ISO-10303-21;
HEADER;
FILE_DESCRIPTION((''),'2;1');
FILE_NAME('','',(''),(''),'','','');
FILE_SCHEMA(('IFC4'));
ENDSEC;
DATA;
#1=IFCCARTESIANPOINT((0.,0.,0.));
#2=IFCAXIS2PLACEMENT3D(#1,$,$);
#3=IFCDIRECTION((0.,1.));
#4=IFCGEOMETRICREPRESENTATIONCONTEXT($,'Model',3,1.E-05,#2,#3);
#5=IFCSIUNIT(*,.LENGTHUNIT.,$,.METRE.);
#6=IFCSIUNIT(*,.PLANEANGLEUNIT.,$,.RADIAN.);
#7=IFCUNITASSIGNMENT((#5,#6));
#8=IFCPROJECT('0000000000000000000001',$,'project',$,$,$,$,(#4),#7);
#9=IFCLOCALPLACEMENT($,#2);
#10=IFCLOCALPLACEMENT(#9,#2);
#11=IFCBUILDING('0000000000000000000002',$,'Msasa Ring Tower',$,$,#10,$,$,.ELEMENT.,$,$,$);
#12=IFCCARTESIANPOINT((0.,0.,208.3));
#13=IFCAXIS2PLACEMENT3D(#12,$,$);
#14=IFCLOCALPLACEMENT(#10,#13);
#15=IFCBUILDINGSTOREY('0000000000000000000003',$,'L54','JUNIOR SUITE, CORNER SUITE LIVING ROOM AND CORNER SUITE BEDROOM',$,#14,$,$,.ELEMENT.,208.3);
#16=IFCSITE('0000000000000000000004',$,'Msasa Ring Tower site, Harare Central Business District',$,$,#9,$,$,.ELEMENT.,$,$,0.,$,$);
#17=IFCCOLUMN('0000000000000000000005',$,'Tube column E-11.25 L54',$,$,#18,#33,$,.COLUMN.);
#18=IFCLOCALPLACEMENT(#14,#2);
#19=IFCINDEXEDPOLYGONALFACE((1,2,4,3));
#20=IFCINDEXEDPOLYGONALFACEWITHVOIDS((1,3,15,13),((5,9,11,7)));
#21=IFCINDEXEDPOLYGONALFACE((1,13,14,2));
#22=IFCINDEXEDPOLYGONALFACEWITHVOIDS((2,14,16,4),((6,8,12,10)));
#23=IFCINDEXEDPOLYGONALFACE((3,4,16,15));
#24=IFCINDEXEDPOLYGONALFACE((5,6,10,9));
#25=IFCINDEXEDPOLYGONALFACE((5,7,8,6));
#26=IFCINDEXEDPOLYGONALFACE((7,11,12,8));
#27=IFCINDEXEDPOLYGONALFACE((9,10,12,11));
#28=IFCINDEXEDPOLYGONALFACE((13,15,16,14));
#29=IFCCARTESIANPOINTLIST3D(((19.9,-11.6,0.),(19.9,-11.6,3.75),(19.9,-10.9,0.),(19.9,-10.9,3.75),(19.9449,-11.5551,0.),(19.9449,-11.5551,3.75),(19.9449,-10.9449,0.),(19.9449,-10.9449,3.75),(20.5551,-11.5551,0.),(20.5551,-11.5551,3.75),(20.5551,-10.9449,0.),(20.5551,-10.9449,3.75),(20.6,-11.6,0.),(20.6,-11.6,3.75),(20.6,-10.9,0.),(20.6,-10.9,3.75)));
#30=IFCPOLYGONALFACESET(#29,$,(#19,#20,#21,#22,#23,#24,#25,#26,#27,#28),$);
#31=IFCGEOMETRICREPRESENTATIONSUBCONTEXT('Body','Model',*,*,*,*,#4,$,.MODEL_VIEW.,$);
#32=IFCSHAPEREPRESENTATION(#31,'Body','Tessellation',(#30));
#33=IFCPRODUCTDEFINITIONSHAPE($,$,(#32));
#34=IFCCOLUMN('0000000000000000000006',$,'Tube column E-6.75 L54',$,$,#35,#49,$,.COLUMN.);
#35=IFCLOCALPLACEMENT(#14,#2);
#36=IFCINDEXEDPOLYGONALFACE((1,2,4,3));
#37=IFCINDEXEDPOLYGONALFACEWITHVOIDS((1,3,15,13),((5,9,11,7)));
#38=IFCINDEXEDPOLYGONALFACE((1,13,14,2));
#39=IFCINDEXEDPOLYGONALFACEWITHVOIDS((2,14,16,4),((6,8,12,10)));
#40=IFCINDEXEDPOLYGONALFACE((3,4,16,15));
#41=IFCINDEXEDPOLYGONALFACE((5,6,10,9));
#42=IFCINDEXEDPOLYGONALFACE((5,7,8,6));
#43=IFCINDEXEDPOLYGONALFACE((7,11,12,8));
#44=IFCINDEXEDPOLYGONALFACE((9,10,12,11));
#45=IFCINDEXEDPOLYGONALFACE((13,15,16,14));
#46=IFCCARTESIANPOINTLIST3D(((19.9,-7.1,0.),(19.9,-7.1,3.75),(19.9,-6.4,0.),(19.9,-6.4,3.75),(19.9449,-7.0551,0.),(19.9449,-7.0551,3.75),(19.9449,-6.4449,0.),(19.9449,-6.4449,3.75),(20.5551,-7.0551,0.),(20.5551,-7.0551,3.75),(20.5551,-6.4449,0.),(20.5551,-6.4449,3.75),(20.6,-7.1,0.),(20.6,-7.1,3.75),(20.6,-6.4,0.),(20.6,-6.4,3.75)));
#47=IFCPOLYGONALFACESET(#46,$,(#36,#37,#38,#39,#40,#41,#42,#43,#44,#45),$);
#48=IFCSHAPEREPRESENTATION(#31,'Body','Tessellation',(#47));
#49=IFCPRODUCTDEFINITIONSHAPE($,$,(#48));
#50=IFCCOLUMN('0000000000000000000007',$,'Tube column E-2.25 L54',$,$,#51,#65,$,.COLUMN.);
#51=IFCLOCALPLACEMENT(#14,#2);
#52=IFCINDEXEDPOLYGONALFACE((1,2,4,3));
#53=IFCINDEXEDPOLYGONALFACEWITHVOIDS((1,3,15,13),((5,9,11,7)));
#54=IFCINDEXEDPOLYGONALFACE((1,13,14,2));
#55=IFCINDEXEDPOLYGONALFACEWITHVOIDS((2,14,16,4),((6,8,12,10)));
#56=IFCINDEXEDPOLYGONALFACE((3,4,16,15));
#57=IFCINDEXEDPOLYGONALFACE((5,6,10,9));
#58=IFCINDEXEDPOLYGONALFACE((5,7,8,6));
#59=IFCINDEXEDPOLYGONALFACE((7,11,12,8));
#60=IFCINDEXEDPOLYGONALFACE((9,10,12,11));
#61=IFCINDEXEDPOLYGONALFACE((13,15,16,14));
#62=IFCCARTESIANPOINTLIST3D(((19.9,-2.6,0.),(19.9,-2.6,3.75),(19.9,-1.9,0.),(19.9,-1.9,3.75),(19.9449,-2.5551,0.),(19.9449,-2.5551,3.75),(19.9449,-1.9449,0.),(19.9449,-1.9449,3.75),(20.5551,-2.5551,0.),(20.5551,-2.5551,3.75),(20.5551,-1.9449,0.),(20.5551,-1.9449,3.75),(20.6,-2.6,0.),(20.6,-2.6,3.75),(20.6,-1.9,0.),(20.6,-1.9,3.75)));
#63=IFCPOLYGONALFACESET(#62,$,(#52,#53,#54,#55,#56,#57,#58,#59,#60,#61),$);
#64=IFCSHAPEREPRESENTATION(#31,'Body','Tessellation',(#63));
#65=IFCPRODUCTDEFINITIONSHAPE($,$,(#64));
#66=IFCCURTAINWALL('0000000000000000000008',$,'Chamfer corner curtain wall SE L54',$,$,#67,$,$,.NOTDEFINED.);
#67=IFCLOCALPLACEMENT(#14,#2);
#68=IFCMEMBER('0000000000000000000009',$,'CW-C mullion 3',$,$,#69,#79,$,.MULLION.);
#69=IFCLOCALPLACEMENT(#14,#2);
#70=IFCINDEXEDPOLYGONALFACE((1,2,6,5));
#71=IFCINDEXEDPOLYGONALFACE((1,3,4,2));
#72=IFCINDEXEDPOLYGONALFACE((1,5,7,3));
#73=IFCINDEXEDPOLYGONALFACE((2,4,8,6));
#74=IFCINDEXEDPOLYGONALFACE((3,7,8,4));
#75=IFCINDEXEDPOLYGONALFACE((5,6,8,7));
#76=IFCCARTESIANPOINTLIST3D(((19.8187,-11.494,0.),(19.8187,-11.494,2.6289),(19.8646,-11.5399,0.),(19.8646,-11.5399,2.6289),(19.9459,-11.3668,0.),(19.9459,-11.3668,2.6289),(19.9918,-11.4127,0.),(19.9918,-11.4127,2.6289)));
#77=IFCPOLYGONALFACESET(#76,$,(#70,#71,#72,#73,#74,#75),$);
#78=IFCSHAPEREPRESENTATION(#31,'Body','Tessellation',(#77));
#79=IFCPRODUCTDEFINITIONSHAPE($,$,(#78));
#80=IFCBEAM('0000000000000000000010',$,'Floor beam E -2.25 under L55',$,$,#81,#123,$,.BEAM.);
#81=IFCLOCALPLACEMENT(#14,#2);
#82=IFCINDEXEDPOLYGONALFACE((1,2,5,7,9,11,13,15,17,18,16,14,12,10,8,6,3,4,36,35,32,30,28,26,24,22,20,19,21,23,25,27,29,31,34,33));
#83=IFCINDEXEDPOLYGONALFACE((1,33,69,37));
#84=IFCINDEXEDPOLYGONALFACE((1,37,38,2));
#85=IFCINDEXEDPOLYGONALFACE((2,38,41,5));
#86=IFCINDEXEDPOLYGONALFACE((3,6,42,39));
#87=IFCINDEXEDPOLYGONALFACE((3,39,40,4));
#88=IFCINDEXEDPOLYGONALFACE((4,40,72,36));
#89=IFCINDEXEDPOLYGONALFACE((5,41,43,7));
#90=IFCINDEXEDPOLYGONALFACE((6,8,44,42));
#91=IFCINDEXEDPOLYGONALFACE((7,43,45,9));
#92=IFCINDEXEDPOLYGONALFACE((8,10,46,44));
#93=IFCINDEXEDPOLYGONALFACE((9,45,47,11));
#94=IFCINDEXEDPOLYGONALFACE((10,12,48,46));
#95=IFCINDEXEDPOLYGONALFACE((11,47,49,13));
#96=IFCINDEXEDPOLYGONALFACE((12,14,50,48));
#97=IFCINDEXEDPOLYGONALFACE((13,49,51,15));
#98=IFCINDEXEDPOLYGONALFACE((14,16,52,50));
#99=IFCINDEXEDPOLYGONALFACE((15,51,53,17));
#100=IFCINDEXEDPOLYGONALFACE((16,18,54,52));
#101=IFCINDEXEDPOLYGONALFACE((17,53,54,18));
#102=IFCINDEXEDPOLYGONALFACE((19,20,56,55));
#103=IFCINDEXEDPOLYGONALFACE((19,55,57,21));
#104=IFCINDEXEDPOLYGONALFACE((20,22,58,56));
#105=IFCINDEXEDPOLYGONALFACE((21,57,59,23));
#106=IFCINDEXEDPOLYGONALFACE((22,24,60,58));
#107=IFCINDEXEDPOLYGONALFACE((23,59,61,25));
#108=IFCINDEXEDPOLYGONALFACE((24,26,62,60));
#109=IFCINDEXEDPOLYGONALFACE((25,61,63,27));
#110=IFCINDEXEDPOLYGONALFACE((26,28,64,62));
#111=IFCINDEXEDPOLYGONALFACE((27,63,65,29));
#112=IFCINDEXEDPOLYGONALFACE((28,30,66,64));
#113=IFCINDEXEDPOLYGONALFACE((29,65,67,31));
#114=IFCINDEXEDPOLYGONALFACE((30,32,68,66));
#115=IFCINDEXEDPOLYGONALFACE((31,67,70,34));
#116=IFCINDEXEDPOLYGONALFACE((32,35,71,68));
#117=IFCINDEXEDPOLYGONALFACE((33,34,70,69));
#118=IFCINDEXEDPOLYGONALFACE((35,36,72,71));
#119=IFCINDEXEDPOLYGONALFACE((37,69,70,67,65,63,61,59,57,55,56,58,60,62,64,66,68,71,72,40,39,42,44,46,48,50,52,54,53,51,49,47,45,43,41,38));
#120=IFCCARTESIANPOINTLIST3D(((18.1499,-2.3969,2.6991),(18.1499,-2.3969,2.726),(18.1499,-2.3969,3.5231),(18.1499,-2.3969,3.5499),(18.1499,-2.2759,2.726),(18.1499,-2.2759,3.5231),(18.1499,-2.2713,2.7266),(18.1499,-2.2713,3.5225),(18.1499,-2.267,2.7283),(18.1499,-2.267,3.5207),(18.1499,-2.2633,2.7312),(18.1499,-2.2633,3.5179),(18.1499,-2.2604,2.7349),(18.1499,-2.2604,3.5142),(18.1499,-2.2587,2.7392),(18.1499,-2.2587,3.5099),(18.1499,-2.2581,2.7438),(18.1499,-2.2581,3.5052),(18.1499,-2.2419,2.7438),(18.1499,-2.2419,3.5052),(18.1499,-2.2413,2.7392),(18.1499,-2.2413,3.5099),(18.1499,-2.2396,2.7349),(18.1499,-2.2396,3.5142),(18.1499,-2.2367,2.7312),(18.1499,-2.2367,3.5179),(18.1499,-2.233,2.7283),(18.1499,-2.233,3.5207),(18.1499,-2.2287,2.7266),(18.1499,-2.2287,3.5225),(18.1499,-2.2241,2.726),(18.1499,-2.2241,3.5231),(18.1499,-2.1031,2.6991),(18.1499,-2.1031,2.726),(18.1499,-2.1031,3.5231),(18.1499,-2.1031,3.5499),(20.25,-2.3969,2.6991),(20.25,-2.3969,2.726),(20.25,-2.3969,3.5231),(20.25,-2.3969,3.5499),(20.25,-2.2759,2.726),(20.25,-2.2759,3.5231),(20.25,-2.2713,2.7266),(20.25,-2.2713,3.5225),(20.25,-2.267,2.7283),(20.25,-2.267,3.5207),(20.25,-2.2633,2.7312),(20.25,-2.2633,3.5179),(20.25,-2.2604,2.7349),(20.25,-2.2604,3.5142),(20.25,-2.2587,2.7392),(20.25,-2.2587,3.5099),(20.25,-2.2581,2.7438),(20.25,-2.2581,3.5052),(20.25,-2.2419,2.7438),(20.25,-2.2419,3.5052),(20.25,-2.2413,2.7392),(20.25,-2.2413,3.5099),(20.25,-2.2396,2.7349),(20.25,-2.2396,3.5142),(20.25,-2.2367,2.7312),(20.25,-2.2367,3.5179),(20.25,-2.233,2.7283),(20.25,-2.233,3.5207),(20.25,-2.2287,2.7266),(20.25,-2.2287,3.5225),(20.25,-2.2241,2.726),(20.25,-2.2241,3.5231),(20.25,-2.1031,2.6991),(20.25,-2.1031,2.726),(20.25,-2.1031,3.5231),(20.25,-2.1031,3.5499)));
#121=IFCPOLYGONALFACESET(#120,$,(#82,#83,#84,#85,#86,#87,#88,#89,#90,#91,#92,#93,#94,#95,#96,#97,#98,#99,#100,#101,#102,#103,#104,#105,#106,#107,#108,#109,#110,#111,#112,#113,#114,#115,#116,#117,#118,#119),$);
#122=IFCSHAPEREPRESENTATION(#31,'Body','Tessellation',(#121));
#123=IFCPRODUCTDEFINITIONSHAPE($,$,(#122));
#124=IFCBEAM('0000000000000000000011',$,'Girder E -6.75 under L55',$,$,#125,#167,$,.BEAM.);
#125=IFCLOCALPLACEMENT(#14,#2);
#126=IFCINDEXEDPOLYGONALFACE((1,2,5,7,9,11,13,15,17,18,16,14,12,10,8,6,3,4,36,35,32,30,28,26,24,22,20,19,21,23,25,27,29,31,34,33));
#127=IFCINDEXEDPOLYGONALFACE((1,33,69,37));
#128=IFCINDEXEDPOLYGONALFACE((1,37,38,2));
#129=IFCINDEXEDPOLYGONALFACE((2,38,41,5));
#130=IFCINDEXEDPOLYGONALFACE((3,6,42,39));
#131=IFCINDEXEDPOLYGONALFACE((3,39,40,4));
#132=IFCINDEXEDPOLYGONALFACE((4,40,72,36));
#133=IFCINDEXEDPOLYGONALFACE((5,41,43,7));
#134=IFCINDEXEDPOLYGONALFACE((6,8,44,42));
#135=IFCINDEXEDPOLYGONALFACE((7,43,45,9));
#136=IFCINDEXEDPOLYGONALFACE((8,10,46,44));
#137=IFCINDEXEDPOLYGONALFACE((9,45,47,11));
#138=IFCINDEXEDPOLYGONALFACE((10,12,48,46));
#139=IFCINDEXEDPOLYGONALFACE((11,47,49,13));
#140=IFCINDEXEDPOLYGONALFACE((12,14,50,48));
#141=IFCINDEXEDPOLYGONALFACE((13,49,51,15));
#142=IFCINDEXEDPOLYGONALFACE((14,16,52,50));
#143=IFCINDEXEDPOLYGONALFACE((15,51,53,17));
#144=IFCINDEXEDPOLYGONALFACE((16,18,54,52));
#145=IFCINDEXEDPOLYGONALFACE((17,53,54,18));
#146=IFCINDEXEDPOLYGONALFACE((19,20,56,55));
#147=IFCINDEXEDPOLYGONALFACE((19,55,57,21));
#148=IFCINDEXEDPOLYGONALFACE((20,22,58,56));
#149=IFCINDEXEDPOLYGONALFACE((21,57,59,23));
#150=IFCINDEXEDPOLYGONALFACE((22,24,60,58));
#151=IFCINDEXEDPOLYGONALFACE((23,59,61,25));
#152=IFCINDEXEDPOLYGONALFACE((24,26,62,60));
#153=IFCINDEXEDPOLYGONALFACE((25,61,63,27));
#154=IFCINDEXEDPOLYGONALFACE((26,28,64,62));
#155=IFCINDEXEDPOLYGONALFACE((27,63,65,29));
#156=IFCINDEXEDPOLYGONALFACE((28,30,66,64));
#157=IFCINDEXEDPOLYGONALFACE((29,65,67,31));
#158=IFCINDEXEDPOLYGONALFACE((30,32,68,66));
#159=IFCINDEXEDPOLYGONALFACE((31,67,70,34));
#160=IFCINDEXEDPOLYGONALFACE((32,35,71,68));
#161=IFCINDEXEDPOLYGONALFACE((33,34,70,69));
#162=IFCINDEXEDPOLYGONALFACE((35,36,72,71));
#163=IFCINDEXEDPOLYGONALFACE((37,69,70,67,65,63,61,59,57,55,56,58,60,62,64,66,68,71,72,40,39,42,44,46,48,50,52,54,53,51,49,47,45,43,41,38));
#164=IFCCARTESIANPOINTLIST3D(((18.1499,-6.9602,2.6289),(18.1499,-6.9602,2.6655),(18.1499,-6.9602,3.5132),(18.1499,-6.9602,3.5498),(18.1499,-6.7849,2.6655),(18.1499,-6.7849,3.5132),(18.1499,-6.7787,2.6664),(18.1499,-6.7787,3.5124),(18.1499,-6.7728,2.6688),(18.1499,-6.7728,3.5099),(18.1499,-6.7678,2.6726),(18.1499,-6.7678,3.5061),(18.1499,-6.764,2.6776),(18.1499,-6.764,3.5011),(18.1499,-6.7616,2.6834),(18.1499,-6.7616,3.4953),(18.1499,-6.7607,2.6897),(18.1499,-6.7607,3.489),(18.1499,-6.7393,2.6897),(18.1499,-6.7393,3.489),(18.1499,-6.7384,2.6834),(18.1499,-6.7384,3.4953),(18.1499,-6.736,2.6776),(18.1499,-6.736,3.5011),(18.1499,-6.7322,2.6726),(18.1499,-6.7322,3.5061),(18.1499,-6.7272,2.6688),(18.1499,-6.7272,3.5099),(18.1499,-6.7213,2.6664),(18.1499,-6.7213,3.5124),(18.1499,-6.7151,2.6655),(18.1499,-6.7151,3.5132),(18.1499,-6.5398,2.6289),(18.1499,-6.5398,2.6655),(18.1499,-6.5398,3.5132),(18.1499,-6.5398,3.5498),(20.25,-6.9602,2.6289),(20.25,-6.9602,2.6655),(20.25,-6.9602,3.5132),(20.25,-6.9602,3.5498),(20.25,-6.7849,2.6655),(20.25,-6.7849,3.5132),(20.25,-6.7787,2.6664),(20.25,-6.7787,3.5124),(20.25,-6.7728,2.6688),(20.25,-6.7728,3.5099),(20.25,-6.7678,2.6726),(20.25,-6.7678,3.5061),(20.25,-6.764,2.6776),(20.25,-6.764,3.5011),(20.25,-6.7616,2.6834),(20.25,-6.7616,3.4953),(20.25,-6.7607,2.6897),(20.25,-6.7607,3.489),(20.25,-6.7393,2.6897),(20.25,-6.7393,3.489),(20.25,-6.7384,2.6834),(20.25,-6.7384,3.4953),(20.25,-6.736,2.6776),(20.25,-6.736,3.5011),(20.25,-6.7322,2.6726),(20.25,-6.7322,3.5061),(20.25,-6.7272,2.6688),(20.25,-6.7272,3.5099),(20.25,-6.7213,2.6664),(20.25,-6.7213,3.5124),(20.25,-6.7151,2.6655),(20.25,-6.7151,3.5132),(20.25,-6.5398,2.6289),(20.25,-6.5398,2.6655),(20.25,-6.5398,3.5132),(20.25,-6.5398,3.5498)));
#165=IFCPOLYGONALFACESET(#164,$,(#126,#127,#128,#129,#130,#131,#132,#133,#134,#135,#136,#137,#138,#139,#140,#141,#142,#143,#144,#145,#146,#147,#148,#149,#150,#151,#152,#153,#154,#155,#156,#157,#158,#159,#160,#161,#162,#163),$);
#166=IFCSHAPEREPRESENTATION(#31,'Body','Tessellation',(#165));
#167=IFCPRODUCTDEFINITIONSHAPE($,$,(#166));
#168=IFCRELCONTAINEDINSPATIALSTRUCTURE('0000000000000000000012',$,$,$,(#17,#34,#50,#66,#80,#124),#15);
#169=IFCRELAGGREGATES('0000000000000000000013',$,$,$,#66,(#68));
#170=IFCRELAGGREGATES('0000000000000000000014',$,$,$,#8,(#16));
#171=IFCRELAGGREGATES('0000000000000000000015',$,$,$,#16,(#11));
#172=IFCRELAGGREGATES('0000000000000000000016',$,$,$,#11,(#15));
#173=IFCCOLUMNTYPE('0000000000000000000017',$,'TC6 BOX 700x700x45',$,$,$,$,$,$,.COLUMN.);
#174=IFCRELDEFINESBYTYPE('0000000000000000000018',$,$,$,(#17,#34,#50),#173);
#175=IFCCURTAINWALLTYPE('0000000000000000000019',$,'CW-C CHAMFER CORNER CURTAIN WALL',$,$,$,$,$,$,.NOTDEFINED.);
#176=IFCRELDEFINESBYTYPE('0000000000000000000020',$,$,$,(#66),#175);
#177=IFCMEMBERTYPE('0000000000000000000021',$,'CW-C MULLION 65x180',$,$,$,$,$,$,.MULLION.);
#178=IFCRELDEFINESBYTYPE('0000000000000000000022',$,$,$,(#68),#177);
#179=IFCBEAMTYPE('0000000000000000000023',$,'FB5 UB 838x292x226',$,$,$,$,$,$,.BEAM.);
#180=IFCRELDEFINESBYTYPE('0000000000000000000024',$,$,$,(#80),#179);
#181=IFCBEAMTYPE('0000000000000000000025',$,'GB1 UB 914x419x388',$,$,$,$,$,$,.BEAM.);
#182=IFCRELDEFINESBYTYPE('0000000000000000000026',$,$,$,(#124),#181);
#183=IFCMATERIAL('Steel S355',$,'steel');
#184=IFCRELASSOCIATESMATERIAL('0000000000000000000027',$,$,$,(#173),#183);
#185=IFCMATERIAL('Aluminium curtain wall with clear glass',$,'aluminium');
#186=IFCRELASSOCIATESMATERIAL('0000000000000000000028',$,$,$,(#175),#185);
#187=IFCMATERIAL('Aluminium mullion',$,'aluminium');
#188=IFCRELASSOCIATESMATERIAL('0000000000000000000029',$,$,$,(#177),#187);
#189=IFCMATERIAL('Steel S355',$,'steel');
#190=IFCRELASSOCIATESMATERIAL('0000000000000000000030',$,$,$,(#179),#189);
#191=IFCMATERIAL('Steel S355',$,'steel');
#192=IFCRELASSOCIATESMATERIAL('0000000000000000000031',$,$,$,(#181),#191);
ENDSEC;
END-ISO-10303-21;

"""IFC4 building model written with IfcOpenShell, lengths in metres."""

from ifc_helpers import new_model, si_unit, direction, frame, origin, origin_2d, place, context, subcontext, project, spatial, rectangle, hollow_rectangle, i_section, extrude, material, material_profile, profile_set, type_object, element, aggregate, save


model = new_model("IFC4")

# Units and contexts
model_context = context("Model", 3, precision=1e-05, world=origin(), true_north=direction((0.0, 1.0)))
body_context = subcontext(model_context, "Body", "Model", "MODEL_VIEW")
ifc_project = project(units=[si_unit("LENGTHUNIT", "METRE"), si_unit("PLANEANGLEUNIT", "RADIAN")], contexts=[model_context])

# Site, building, storey
site_placement = place(None, origin())
site = spatial("IfcSite", under=ifc_project, at=site_placement, Name="Msasa Ring Tower site, Harare Central Business District", CompositionType="ELEMENT", RefElevation=0.0)
building_placement = place(site_placement, origin())
building = spatial("IfcBuilding", under=site, at=building_placement, Name="Msasa Ring Tower", CompositionType="ELEMENT")
storey_placement = place(building_placement, frame((0.0, 0.0, 208.3)))
storey = spatial("IfcBuildingStorey", under=building, at=storey_placement, Name="L54", Description="JUNIOR SUITE, CORNER SUITE LIVING ROOM AND CORNER SUITE BEDROOM", CompositionType="ELEMENT", Elevation=208.3)

# Columns
ifc_material_1 = material(Name="Steel S355", Category="steel")
ifc_material_profile_1 = material_profile(ifc_material_1, hollow_rectangle(XDim=0.7, YDim=0.7, WallThickness=0.0449, at=origin_2d()), Name="BOX 700x700x45")
ifc_profile_set_1 = profile_set([ifc_material_profile_1], Name="Steel S355")
column_type = type_object("IfcColumnType", Name="TC6 BOX 700x700x45", PredefinedType="COLUMN", material=ifc_profile_set_1)
for number, where, z_axis, x_axis, name in (
    (1, (20.25, -11.25, 0.0), (0.0, 0.0, 1.0), (1.0, 0.0, 0.0), "Tube column E-11.25 L54"),
    (2, (20.25, -6.75, 0.0), (0.0, 0.0, 1.0), (1.0, 0.0, 0.0), "Tube column E-6.75 L54"),
    (3, (20.25, -2.25, 0.0), (0.0, 0.0, 1.0), (1.0, 0.0, 0.0), "Tube column E-2.25 L54"),
):
    element("IfcColumn", number, at=place(storey_placement, frame(where, z_axis=z_axis, x_axis=x_axis)), inside=storey, type_object=column_type, Name=name, PredefinedType="COLUMN", context=body_context, shape_type="SweptSolid", body=[
        extrude(hollow_rectangle(XDim=0.7, YDim=0.7, WallThickness=0.0449, at=origin_2d()), origin(), (0.0, 0.0, 1.0), 3.75),
    ])

# Curtain wall, member
ifc_material_2 = material(Name="Aluminium curtain wall with clear glass", Category="aluminium")
curtain_wall_type = type_object("IfcCurtainWallType", Name="CW-C CHAMFER CORNER CURTAIN WALL", PredefinedType="NOTDEFINED", material=ifc_material_2)
curtain_wall_placement = place(storey_placement, origin())
curtain_wall = element("IfcCurtainWall", 4, at=curtain_wall_placement, inside=storey, type_object=curtain_wall_type, Name="Chamfer corner curtain wall SE L54", PredefinedType="NOTDEFINED")
ifc_material_3 = material(Name="Aluminium mullion", Category="aluminium")
ifc_material_profile_2 = material_profile(ifc_material_3, rectangle(XDim=0.0649, YDim=0.1799, at=origin_2d()), Name="AL 65x180")
ifc_profile_set_2 = profile_set([ifc_material_profile_2], Name="Aluminium mullion")
member_type = type_object("IfcMemberType", Name="CW-C MULLION 65x180", PredefinedType="MULLION", material=ifc_profile_set_2)
member_placement = place(storey_placement, frame((19.9053, -11.4534, 0.0), z_axis=(0.0, 0.0, 1.0), x_axis=(-0.707107, 0.707107, 0.0)))
member = element("IfcMember", 5, at=member_placement, type_object=member_type, Name="CW-C mullion 3", PredefinedType="MULLION", context=body_context, shape_type="SweptSolid", body=[
    extrude(rectangle(XDim=0.0649, YDim=0.1799, at=origin_2d()), origin(), (0.0, 0.0, 1.0), 2.6289),
])
aggregate(curtain_wall, [member])

# Beams
ifc_material_4 = material(Name="Steel S355", Category="steel")
ifc_material_profile_3 = material_profile(ifc_material_4, i_section(OverallWidth=0.2937, OverallDepth=0.8508, WebThickness=0.0161, FlangeThickness=0.0269, FilletRadius=0.0178, at=origin_2d()), Name="UB 838x292x226")
ifc_profile_set_3 = profile_set([ifc_material_profile_3], Name="Steel S355")
beam_type_1 = type_object("IfcBeamType", Name="FB5 UB 838x292x226", PredefinedType="BEAM", material=ifc_profile_set_3)
beam_1_placement = place(storey_placement, frame((20.25, -2.25, 3.1245), z_axis=(-1.0, 0.0, 0.0), x_axis=(0.0, -1.0, 0.0)))
element("IfcBeam", 6, at=beam_1_placement, inside=storey, type_object=beam_type_1, Name="Floor beam E -2.25 under L55", PredefinedType="BEAM", context=body_context, shape_type="SweptSolid", body=[
    extrude(i_section(OverallWidth=0.2937, OverallDepth=0.8508, WebThickness=0.0161, FlangeThickness=0.0269, FilletRadius=0.0178, at=origin_2d()), origin(), (0.0, 0.0, 1.0), 2.1001),
])
ifc_material_5 = material(Name="Steel S355", Category="steel")
ifc_material_profile_4 = material_profile(ifc_material_5, i_section(OverallWidth=0.4204, OverallDepth=0.9209, WebThickness=0.0215, FlangeThickness=0.0366, FilletRadius=0.0242, at=origin_2d()), Name="UB 914x419x388")
ifc_profile_set_4 = profile_set([ifc_material_profile_4], Name="Steel S355")
beam_type_2 = type_object("IfcBeamType", Name="GB1 UB 914x419x388", PredefinedType="BEAM", material=ifc_profile_set_4)
beam_2_placement = place(storey_placement, frame((18.1499, -6.75, 3.0894), z_axis=(1.0, 0.0, 0.0), x_axis=(0.0, 1.0, 0.0)))
element("IfcBeam", 7, at=beam_2_placement, inside=storey, type_object=beam_type_2, Name="Girder E -6.75 under L55", PredefinedType="BEAM", context=body_context, shape_type="SweptSolid", body=[
    extrude(i_section(OverallWidth=0.4204, OverallDepth=0.9209, WebThickness=0.0215, FlangeThickness=0.0366, FilletRadius=0.0242, at=origin_2d()), origin(), (0.0, 0.0, 1.0), 2.1001),
])

save(model, "model.ifc")
